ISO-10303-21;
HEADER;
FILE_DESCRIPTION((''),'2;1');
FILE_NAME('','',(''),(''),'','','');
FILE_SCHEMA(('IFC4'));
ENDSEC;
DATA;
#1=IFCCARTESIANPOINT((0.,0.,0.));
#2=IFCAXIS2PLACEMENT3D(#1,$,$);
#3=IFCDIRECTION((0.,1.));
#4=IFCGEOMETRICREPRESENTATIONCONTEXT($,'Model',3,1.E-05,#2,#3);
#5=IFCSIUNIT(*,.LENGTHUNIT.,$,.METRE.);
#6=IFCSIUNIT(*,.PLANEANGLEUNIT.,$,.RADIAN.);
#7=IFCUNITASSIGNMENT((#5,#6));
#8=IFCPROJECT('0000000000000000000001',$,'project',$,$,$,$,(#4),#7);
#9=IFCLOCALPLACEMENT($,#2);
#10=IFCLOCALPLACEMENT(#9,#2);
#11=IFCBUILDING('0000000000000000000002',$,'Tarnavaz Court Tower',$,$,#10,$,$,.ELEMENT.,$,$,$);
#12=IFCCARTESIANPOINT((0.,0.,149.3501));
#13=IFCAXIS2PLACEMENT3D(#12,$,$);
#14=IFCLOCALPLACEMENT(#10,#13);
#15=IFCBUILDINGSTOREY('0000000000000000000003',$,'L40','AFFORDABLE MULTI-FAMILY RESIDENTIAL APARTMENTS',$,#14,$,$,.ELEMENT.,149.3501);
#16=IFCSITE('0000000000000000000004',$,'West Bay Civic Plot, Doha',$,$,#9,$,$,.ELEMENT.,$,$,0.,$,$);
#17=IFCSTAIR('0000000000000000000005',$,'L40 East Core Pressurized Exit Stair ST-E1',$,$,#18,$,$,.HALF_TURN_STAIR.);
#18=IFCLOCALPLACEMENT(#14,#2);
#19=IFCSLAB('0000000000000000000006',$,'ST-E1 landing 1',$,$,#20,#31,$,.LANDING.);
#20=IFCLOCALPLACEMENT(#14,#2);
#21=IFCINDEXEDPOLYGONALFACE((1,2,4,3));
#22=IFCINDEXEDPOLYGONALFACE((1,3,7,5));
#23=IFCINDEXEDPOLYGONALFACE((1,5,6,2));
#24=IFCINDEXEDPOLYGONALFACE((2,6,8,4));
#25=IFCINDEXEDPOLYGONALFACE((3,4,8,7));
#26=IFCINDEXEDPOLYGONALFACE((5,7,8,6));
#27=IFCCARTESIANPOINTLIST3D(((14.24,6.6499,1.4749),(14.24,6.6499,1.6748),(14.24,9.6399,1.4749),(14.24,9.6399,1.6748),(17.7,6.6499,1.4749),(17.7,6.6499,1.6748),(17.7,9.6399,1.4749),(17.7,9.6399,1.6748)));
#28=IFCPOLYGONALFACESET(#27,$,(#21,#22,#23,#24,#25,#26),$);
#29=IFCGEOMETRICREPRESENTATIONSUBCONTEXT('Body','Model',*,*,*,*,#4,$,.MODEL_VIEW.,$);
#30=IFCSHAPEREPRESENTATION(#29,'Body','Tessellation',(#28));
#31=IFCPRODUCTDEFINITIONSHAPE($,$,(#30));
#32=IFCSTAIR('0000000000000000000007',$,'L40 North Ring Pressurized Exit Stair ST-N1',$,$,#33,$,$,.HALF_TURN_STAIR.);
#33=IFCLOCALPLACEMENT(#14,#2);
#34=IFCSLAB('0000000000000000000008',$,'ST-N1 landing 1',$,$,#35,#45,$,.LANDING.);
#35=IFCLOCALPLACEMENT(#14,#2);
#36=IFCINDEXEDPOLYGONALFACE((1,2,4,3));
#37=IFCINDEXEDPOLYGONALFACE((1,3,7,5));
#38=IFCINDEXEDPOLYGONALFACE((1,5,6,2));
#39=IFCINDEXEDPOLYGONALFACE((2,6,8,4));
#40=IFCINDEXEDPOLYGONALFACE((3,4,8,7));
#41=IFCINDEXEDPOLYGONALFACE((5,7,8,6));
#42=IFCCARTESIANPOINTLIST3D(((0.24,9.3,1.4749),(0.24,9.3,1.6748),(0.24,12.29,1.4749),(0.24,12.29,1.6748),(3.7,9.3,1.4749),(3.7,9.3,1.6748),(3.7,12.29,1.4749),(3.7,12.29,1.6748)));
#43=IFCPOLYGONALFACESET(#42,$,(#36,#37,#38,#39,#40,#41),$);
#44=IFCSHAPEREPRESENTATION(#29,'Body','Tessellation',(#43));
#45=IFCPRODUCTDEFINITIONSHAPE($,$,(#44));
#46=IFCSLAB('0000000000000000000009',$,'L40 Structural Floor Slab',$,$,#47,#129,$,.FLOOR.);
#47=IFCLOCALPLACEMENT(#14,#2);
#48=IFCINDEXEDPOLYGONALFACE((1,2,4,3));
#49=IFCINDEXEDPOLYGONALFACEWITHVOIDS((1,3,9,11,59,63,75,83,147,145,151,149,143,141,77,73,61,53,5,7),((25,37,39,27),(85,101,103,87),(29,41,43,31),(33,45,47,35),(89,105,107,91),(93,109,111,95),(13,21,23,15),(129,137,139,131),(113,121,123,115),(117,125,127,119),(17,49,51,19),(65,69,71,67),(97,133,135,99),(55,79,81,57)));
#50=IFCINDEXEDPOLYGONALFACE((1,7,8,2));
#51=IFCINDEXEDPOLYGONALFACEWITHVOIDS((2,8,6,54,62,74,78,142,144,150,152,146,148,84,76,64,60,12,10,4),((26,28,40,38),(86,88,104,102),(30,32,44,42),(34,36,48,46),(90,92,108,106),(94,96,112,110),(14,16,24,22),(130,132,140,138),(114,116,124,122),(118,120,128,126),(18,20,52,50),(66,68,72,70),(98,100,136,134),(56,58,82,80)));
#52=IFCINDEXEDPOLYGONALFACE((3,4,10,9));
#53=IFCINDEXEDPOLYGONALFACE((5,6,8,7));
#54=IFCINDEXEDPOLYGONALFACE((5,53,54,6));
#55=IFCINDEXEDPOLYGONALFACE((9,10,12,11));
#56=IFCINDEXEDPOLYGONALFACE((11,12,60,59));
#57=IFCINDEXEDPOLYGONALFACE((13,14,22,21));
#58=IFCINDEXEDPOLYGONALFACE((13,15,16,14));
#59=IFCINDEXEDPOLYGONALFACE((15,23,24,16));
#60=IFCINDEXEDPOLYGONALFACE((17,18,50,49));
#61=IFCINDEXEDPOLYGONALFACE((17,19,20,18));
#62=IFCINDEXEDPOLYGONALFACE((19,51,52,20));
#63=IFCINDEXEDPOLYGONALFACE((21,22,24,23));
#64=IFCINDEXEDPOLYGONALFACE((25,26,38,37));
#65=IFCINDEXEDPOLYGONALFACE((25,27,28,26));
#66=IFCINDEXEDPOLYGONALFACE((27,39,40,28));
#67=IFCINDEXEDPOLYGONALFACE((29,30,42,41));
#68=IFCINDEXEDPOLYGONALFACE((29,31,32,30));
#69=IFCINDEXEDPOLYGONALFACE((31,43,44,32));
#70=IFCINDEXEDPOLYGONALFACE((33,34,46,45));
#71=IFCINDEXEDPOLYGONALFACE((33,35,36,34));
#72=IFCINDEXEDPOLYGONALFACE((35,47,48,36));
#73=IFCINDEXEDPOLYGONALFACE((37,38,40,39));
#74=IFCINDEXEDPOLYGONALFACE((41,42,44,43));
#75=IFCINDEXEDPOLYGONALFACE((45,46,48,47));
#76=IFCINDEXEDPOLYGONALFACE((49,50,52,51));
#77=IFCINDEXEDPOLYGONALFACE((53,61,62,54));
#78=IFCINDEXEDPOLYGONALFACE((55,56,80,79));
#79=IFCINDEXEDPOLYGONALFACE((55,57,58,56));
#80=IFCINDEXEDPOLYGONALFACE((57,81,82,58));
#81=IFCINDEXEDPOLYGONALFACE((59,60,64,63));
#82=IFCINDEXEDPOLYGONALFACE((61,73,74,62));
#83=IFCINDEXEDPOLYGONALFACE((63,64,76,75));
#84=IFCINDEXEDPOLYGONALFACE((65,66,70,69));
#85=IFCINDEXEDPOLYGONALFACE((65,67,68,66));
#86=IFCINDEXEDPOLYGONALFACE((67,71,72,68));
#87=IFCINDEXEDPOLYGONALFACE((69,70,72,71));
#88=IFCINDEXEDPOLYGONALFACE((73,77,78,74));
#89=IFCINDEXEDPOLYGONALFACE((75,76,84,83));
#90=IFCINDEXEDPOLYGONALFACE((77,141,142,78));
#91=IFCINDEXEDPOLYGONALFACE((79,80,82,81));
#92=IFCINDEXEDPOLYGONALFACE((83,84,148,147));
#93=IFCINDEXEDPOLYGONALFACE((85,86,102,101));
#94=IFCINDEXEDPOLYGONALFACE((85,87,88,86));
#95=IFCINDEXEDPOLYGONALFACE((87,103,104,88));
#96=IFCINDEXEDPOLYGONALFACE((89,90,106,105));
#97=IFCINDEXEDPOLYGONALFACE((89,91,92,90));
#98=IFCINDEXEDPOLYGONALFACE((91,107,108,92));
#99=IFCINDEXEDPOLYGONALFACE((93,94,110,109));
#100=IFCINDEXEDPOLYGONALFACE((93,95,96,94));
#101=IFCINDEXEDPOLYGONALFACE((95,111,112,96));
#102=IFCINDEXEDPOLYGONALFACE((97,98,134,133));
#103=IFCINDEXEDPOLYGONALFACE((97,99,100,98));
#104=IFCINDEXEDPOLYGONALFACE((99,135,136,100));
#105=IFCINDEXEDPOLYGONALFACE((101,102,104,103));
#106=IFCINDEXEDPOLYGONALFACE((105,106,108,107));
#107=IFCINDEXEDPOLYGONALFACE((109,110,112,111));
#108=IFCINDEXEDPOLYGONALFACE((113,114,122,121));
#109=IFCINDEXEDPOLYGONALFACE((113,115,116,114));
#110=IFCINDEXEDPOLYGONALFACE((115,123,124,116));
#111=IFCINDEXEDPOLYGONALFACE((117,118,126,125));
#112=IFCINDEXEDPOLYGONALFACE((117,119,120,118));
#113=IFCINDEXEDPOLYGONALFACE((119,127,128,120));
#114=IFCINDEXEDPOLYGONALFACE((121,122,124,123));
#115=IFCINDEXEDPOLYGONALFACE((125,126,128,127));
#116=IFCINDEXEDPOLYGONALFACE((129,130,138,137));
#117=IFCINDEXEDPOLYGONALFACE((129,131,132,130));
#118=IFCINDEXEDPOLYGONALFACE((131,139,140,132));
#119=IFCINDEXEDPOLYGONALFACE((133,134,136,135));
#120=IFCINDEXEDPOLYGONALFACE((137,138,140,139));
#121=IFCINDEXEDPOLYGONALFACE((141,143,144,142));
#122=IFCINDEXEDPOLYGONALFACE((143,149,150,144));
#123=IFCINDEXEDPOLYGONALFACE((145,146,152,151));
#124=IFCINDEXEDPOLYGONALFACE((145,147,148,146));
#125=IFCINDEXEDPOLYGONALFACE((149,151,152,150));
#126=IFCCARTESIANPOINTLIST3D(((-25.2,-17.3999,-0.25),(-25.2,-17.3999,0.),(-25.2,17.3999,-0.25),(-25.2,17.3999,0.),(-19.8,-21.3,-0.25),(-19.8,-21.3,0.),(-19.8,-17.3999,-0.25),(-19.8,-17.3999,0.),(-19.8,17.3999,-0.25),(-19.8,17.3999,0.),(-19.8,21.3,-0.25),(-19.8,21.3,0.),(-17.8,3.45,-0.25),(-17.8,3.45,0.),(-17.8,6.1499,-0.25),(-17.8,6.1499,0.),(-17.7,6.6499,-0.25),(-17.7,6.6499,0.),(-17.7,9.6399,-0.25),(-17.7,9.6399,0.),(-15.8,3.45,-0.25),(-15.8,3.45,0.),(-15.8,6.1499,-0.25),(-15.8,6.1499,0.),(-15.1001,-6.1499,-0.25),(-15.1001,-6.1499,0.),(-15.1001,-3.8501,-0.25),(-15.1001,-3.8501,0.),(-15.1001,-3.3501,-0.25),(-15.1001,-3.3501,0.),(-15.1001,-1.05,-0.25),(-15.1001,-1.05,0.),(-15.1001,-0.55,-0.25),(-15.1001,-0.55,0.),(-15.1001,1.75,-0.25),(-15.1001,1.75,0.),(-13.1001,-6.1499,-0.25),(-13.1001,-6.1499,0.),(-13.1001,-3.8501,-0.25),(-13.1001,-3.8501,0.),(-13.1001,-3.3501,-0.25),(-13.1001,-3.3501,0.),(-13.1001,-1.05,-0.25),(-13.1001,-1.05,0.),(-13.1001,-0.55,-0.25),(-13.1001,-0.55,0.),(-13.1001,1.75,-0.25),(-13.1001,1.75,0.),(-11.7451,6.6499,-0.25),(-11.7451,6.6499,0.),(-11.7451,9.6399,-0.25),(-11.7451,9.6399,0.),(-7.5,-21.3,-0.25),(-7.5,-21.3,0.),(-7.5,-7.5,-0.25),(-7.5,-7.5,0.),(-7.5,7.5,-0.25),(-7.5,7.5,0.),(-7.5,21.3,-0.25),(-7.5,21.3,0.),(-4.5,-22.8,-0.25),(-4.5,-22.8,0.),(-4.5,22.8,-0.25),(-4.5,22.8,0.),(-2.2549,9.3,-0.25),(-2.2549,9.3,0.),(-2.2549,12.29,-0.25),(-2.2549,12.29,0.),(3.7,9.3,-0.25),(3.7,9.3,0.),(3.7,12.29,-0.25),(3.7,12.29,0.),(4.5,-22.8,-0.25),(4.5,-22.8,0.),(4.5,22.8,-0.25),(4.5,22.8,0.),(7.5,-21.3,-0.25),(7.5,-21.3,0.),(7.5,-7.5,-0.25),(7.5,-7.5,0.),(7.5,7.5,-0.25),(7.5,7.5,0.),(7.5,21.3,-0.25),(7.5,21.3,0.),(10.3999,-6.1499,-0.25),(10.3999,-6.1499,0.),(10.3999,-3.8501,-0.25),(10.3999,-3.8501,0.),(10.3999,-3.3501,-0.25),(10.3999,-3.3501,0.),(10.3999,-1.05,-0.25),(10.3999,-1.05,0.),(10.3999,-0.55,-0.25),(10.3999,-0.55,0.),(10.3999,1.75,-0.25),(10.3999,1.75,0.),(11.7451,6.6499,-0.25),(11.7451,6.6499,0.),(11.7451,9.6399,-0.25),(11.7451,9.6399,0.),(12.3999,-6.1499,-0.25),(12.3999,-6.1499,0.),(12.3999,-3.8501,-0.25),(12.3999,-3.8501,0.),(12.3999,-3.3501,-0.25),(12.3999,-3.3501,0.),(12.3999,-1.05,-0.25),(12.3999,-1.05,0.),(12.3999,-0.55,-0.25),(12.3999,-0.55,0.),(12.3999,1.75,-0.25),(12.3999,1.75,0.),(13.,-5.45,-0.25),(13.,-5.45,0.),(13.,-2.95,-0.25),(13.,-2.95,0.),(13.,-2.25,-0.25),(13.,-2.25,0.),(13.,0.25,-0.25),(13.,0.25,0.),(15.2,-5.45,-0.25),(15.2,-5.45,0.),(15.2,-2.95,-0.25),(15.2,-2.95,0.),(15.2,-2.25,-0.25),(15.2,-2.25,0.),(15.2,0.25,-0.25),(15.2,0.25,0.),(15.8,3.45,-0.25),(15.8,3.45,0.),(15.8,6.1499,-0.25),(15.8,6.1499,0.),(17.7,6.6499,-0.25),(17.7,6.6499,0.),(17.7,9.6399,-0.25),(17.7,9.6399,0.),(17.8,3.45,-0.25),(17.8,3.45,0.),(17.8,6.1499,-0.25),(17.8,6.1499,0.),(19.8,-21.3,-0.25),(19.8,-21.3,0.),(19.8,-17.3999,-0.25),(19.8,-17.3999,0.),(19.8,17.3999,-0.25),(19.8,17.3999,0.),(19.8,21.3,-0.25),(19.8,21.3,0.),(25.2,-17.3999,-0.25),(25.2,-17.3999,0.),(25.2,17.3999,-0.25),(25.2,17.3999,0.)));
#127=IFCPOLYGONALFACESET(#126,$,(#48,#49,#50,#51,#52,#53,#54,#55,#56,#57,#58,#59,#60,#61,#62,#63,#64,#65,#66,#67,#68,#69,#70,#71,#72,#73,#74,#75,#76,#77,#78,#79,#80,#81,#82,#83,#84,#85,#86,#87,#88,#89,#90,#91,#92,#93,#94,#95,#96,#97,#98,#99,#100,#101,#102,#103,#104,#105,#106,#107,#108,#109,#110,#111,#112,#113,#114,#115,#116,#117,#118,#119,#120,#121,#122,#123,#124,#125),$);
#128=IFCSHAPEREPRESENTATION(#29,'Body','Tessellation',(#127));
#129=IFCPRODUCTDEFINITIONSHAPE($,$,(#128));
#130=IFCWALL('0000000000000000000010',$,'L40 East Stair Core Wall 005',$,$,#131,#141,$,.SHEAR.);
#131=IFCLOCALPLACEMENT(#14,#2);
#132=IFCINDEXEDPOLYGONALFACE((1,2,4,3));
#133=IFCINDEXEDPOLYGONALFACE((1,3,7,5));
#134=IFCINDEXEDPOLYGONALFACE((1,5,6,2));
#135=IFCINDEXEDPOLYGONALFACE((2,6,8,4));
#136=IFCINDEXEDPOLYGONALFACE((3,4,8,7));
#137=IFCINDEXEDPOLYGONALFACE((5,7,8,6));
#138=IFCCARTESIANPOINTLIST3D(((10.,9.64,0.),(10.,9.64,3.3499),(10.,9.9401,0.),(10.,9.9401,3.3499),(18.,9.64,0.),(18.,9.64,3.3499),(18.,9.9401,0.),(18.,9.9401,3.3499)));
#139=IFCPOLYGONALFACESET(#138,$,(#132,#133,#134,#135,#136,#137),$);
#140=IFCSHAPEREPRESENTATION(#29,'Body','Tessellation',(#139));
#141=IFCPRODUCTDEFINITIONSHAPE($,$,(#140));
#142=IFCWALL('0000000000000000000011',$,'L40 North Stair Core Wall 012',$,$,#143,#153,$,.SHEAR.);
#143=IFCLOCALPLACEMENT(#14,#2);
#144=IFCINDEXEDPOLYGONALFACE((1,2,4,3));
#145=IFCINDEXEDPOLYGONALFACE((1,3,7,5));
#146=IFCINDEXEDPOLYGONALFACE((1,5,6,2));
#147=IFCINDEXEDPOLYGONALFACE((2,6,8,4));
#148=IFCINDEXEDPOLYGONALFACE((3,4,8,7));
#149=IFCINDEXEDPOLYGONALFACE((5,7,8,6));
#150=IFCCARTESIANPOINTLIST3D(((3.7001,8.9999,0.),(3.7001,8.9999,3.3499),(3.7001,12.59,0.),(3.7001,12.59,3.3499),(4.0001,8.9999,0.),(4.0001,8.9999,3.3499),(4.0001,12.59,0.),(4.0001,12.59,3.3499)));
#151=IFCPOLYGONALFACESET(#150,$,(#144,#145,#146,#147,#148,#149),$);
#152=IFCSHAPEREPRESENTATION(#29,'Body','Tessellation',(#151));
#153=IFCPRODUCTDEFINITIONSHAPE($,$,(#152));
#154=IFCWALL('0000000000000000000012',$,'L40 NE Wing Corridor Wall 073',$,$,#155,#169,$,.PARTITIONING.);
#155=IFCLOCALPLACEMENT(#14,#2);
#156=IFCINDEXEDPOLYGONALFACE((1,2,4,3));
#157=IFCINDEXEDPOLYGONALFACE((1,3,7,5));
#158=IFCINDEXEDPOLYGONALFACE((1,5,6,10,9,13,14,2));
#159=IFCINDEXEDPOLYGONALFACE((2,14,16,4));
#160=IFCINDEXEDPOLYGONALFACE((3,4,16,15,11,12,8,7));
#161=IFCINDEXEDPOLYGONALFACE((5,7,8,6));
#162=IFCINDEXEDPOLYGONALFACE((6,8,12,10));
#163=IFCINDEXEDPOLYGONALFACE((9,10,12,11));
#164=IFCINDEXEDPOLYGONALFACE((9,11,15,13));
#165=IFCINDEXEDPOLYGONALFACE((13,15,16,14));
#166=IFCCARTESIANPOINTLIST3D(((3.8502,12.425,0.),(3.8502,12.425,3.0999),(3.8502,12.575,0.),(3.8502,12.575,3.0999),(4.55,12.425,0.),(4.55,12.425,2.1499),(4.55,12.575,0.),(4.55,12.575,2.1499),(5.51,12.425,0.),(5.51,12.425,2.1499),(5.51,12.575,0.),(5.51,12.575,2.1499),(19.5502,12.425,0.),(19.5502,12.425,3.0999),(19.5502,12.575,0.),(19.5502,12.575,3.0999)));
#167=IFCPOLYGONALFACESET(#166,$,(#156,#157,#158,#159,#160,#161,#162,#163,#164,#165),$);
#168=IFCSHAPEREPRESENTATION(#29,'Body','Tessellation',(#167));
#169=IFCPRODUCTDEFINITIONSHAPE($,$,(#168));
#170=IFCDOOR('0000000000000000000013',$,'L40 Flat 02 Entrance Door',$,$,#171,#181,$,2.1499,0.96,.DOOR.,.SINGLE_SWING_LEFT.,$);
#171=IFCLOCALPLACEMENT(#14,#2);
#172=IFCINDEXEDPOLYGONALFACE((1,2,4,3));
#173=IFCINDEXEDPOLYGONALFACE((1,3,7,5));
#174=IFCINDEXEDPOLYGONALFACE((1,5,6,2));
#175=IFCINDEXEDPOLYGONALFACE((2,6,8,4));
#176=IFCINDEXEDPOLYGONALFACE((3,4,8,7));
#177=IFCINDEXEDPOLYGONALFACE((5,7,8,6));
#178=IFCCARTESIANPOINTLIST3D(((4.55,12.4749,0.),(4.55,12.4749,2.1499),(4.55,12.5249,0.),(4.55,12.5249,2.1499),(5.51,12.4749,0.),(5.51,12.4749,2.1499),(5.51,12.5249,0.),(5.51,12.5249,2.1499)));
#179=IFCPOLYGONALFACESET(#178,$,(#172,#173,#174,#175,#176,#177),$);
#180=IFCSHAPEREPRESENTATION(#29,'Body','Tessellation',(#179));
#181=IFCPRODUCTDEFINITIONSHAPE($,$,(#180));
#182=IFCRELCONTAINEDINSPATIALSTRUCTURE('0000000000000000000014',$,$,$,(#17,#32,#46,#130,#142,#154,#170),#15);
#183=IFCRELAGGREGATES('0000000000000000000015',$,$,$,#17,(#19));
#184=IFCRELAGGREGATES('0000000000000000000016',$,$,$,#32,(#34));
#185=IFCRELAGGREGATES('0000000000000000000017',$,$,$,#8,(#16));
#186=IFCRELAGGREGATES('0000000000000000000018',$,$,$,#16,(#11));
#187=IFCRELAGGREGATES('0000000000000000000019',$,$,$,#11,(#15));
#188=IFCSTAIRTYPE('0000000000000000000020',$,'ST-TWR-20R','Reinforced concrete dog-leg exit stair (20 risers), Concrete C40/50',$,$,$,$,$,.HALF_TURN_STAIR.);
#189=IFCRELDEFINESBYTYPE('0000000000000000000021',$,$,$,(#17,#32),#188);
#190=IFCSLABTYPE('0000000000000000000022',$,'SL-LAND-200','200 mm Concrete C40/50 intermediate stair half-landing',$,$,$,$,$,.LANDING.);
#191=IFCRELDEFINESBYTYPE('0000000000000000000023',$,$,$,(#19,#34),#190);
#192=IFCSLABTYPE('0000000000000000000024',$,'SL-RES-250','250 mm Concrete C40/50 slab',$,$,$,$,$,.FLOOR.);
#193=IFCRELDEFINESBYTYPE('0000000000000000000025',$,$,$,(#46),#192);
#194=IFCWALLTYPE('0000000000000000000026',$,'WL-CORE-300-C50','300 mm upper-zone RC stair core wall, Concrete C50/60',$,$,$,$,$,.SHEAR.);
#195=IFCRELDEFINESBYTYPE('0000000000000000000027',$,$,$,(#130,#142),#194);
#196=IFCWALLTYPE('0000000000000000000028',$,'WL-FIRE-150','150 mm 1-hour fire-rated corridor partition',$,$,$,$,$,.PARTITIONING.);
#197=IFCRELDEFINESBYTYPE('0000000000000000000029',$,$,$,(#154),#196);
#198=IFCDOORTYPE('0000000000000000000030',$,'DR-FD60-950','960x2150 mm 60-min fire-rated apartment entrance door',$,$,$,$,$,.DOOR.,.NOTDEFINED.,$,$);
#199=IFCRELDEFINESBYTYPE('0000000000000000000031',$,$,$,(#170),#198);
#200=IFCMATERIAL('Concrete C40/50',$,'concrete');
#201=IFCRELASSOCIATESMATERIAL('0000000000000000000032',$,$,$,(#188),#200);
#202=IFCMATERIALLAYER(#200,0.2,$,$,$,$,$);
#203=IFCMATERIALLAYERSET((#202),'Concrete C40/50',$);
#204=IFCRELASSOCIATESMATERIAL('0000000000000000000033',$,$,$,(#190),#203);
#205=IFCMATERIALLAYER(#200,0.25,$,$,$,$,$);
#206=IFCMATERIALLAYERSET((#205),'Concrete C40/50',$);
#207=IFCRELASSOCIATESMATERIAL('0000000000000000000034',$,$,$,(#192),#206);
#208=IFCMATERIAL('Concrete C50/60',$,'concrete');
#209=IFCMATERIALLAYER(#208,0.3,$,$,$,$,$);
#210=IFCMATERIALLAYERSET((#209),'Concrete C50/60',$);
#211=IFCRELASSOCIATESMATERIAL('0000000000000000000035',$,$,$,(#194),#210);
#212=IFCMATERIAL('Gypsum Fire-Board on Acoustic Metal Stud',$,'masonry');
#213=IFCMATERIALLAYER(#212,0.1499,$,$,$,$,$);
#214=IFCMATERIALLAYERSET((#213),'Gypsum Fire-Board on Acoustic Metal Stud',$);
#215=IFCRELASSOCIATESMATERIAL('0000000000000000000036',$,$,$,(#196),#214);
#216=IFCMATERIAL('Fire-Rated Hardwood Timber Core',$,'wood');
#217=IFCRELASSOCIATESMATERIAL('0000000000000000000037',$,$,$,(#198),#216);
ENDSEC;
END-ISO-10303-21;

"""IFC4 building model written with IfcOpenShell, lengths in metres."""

from ifc_helpers import new_model, si_unit, direction, frame, frame_2d, origin, place, context, subcontext, project, spatial, polyline, rectangle, outline, extrude, material, layer, layer_set, type_object, element, fill, aggregate, save


model = new_model("IFC4")

# Units and contexts
model_context = context("Model", 3, precision=1e-05, world=origin(), true_north=direction((0.0, 1.0)))
body_context = subcontext(model_context, "Body", "Model", "MODEL_VIEW")
ifc_project = project(units=[si_unit("LENGTHUNIT", "METRE"), si_unit("PLANEANGLEUNIT", "RADIAN")], contexts=[model_context])

# Site, building, storey
site_placement = place(None, origin())
site = spatial("IfcSite", under=ifc_project, at=site_placement, Name="West Bay Civic Plot, Doha", CompositionType="ELEMENT", RefElevation=0.0)
building_placement = place(site_placement, origin())
building = spatial("IfcBuilding", under=site, at=building_placement, Name="Tarnavaz Court Tower", CompositionType="ELEMENT")
storey_placement = place(building_placement, frame((0.0, 0.0, 149.3501)))
storey = spatial("IfcBuildingStorey", under=building, at=storey_placement, Name="L40", Description="AFFORDABLE MULTI-FAMILY RESIDENTIAL APARTMENTS", CompositionType="ELEMENT", Elevation=149.3501)

# Stairs, slabs
ifc_material_1 = material(Name="Concrete C40/50", Category="concrete")
stair_type = type_object("IfcStairType", Name="ST-TWR-20R", Description="Reinforced concrete dog-leg exit stair (20 risers), Concrete C40/50", PredefinedType="HALF_TURN_STAIR", material=ifc_material_1)
ifc_layer_1 = layer(ifc_material_1, 0.2)
ifc_layer_set_1 = layer_set([ifc_layer_1], Name="Concrete C40/50")
slab_type_1 = type_object("IfcSlabType", Name="SL-LAND-200", Description="200 mm Concrete C40/50 intermediate stair half-landing", PredefinedType="LANDING", material=ifc_layer_set_1)
stair_1_placement = place(storey_placement, origin())
stair_1 = element("IfcStair", 1, at=stair_1_placement, inside=storey, type_object=stair_type, Name="L40 East Core Pressurized Exit Stair ST-E1", PredefinedType="HALF_TURN_STAIR")
slab_1_placement = place(storey_placement, frame((0.0, 0.0, 1.4749)))
slab_1 = element("IfcSlab", 2, at=slab_1_placement, type_object=slab_type_1, Name="ST-E1 landing 1", PredefinedType="LANDING", context=body_context, shape_type="SweptSolid", body=[
    extrude(outline(polyline([(14.24, 6.6499), (17.7, 6.6499), (17.7, 9.6399), (14.24, 9.6399), (14.24, 6.6499)])), origin(), (0.0, 0.0, 1.0), 0.2),
])
aggregate(stair_1, [slab_1])
stair_2_placement = place(storey_placement, origin())
stair_2 = element("IfcStair", 3, at=stair_2_placement, inside=storey, type_object=stair_type, Name="L40 North Ring Pressurized Exit Stair ST-N1", PredefinedType="HALF_TURN_STAIR")
slab_2_placement = place(storey_placement, frame((0.0, 0.0, 1.4749)))
slab_2 = element("IfcSlab", 4, at=slab_2_placement, type_object=slab_type_1, Name="ST-N1 landing 1", PredefinedType="LANDING", context=body_context, shape_type="SweptSolid", body=[
    extrude(outline(polyline([(0.24, 9.3), (3.7, 9.3), (3.7, 12.29), (0.24, 12.29), (0.24, 9.3)])), origin(), (0.0, 0.0, 1.0), 0.2),
])

# Slab
ifc_layer_2 = layer(ifc_material_1, 0.25)
ifc_layer_set_2 = layer_set([ifc_layer_2], Name="Concrete C40/50")
slab_type_2 = type_object("IfcSlabType", Name="SL-RES-250", Description="250 mm Concrete C40/50 slab", PredefinedType="FLOOR", material=ifc_layer_set_2)
slab_3_placement = place(storey_placement, frame((0.0, 0.0, -0.25)))
element("IfcSlab", 5, at=slab_3_placement, inside=storey, type_object=slab_type_2, Name="L40 Structural Floor Slab", PredefinedType="FLOOR", context=body_context, shape_type="SweptSolid", body=[
    extrude(outline(polyline([(-19.8, -21.3), (-7.5, -21.3), (-4.5, -22.8), (4.5, -22.8), (7.5, -21.3), (19.8, -21.3), (19.8, -17.3999), (25.2, -17.3999), (25.2, 17.3999), (19.8, 17.3999), (19.8, 21.3), (7.5, 21.3), (4.5, 22.8), (-4.5, 22.8), (-7.5, 21.3), (-19.8, 21.3), (-19.8, 17.3999), (-25.2, 17.3999), (-25.2, -17.3999), (-19.8, -17.3999), (-19.8, -21.3)]), holes=[polyline([(-7.5, -7.5), (7.5, -7.5), (7.5, 7.5), (-7.5, 7.5), (-7.5, -7.5)]), polyline([(-11.7451, 9.6399), (-17.7, 9.6399), (-17.7, 6.6499), (-11.7451, 6.6499), (-11.7451, 9.6399)]), polyline([(11.7451, 6.6499), (17.7, 6.6499), (17.7, 9.6399), (11.7451, 9.6399), (11.7451, 6.6499)]), polyline([(-2.2549, 9.3), (3.7, 9.3), (3.7, 12.29), (-2.2549, 12.29), (-2.2549, 9.3)]), polyline([(-17.8, 3.45), (-15.8, 3.45), (-15.8, 6.1499), (-17.8, 6.1499), (-17.8, 3.45)]), polyline([(-15.1001, -6.1499), (-13.1001, -6.1499), (-13.1001, -3.8501), (-15.1001, -3.8501), (-15.1001, -6.1499)]), polyline([(-15.1001, -3.3501), (-13.1001, -3.3501), (-13.1001, -1.05), (-15.1001, -1.05), (-15.1001, -3.3501)]), polyline([(-15.1001, -0.55), (-13.1001, -0.55), (-13.1001, 1.75), (-15.1001, 1.75), (-15.1001, -0.55)]), polyline([(15.8, 3.45), (17.8, 3.45), (17.8, 6.1499), (15.8, 6.1499), (15.8, 3.45)]), polyline([(10.3999, -6.1499), (12.3999, -6.1499), (12.3999, -3.8501), (10.3999, -3.8501), (10.3999, -6.1499)]), polyline([(10.3999, -3.3501), (12.3999, -3.3501), (12.3999, -1.05), (10.3999, -1.05), (10.3999, -3.3501)]), polyline([(10.3999, -0.55), (12.3999, -0.55), (12.3999, 1.75), (10.3999, 1.75), (10.3999, -0.55)]), polyline([(13.0, -5.45), (15.2, -5.45), (15.2, -2.95), (13.0, -2.95), (13.0, -5.45)]), polyline([(13.0, -2.25), (15.2, -2.25), (15.2, 0.25), (13.0, 0.25), (13.0, -2.25)])]), origin(), (0.0, 0.0, 1.0), 0.25),
])

# Wall
ifc_material_2 = material(Name="Concrete C50/60", Category="concrete")
ifc_layer_3 = layer(ifc_material_2, 0.3)
ifc_layer_set_3 = layer_set([ifc_layer_3], Name="Concrete C50/60")
wall_type_1 = type_object("IfcWallType", Name="WL-CORE-300-C50", Description="300 mm upper-zone RC stair core wall, Concrete C50/60", PredefinedType="SHEAR", material=ifc_layer_set_3)
wall_1_placement = place(storey_placement, frame((10.0, 9.79, 0.0), z_axis=(0.0, 0.0, 1.0), x_axis=(1.0, 0.0, 0.0)))
element("IfcWall", 6, at=wall_1_placement, inside=storey, type_object=wall_type_1, Name="L40 East Stair Core Wall 005", PredefinedType="SHEAR", context=body_context, shape_type="SweptSolid", body=[
    extrude(rectangle(XDim=8.0, YDim=0.3, at=frame_2d((4.0, 0.0))), origin(), (0.0, 0.0, 1.0), 3.3499),
])

# Shared definitions
ifc_material_3 = material(Name="Fire-Rated Hardwood Timber Core", Category="wood")

# Wall
wall_2_placement = place(storey_placement, frame((3.8501, 9.0, 0.0), z_axis=(0.0, 0.0, 1.0), x_axis=(0.0, 1.0, 0.0)))
element("IfcWall", 7, at=wall_2_placement, inside=storey, type_object=wall_type_1, Name="L40 North Stair Core Wall 012", PredefinedType="SHEAR", context=body_context, shape_type="SweptSolid", body=[
    extrude(rectangle(XDim=3.5901, YDim=0.3, at=frame_2d((1.7949, 0.0))), origin(), (0.0, 0.0, 1.0), 3.3499),
])

# Wall, opening, door
ifc_material_4 = material(Name="Gypsum Fire-Board on Acoustic Metal Stud", Category="masonry")
ifc_layer_4 = layer(ifc_material_4, 0.1499)
ifc_layer_set_4 = layer_set([ifc_layer_4], Name="Gypsum Fire-Board on Acoustic Metal Stud")
wall_type_2 = type_object("IfcWallType", Name="WL-FIRE-150", Description="150 mm 1-hour fire-rated corridor partition", PredefinedType="PARTITIONING", material=ifc_layer_set_4)
wall_3_placement = place(storey_placement, frame((3.8501, 12.5, 0.0), z_axis=(0.0, 0.0, 1.0), x_axis=(1.0, 0.0, 0.0)))
wall_3 = element("IfcWall", 8, at=wall_3_placement, inside=storey, type_object=wall_type_2, Name="L40 NE Wing Corridor Wall 073", PredefinedType="PARTITIONING", context=body_context, shape_type="SweptSolid", body=[
    extrude(rectangle(XDim=15.7, YDim=0.1499, at=frame_2d((7.8501, 0.0))), origin(), (0.0, 0.0, 1.0), 3.0999),
])
opening_1_placement = place(wall_3_placement, frame((0.7, 0.0, 0.0)))
opening_1 = element("IfcOpeningElement", 9, at=opening_1_placement, cuts=wall_3, PredefinedType="OPENING", context=body_context, shape_type="SweptSolid", body=[
    extrude(rectangle(XDim=0.96, YDim=2.1499, at=frame_2d((0.48, 1.075))), frame((0.0, 0.085, 0.0), z_axis=(0.0, -1.0, 0.0), x_axis=(1.0, 0.0, 0.0)), (0.0, 0.0, 1.0), 0.1699),
])
door_type_1 = type_object("IfcDoorType", Name="DR-FD60-950", Description="960x2150 mm 60-min fire-rated apartment entrance door", OperationType="NOTDEFINED", PredefinedType="DOOR", material=ifc_material_3)
door_1_placement = place(opening_1_placement, origin())
door_1 = element("IfcDoor", 10, at=door_1_placement, inside=storey, type_object=door_type_1, Name="L40 Flat 02 Entrance Door", OperationType="SINGLE_SWING_LEFT", OverallHeight=2.1499, OverallWidth=0.96, PredefinedType="DOOR", context=body_context, shape_type="SweptSolid", body=[
    extrude(rectangle(XDim=0.96, YDim=2.1499, at=frame_2d((0.48, 1.075))), frame((0.0, 0.0249, 0.0), z_axis=(0.0, -1.0, 0.0), x_axis=(1.0, 0.0, 0.0)), (0.0, 0.0, 1.0), 0.05),
])
fill(opening_1, door_1)

aggregate(stair_2, [slab_2])

save(model, "model.ifc")
